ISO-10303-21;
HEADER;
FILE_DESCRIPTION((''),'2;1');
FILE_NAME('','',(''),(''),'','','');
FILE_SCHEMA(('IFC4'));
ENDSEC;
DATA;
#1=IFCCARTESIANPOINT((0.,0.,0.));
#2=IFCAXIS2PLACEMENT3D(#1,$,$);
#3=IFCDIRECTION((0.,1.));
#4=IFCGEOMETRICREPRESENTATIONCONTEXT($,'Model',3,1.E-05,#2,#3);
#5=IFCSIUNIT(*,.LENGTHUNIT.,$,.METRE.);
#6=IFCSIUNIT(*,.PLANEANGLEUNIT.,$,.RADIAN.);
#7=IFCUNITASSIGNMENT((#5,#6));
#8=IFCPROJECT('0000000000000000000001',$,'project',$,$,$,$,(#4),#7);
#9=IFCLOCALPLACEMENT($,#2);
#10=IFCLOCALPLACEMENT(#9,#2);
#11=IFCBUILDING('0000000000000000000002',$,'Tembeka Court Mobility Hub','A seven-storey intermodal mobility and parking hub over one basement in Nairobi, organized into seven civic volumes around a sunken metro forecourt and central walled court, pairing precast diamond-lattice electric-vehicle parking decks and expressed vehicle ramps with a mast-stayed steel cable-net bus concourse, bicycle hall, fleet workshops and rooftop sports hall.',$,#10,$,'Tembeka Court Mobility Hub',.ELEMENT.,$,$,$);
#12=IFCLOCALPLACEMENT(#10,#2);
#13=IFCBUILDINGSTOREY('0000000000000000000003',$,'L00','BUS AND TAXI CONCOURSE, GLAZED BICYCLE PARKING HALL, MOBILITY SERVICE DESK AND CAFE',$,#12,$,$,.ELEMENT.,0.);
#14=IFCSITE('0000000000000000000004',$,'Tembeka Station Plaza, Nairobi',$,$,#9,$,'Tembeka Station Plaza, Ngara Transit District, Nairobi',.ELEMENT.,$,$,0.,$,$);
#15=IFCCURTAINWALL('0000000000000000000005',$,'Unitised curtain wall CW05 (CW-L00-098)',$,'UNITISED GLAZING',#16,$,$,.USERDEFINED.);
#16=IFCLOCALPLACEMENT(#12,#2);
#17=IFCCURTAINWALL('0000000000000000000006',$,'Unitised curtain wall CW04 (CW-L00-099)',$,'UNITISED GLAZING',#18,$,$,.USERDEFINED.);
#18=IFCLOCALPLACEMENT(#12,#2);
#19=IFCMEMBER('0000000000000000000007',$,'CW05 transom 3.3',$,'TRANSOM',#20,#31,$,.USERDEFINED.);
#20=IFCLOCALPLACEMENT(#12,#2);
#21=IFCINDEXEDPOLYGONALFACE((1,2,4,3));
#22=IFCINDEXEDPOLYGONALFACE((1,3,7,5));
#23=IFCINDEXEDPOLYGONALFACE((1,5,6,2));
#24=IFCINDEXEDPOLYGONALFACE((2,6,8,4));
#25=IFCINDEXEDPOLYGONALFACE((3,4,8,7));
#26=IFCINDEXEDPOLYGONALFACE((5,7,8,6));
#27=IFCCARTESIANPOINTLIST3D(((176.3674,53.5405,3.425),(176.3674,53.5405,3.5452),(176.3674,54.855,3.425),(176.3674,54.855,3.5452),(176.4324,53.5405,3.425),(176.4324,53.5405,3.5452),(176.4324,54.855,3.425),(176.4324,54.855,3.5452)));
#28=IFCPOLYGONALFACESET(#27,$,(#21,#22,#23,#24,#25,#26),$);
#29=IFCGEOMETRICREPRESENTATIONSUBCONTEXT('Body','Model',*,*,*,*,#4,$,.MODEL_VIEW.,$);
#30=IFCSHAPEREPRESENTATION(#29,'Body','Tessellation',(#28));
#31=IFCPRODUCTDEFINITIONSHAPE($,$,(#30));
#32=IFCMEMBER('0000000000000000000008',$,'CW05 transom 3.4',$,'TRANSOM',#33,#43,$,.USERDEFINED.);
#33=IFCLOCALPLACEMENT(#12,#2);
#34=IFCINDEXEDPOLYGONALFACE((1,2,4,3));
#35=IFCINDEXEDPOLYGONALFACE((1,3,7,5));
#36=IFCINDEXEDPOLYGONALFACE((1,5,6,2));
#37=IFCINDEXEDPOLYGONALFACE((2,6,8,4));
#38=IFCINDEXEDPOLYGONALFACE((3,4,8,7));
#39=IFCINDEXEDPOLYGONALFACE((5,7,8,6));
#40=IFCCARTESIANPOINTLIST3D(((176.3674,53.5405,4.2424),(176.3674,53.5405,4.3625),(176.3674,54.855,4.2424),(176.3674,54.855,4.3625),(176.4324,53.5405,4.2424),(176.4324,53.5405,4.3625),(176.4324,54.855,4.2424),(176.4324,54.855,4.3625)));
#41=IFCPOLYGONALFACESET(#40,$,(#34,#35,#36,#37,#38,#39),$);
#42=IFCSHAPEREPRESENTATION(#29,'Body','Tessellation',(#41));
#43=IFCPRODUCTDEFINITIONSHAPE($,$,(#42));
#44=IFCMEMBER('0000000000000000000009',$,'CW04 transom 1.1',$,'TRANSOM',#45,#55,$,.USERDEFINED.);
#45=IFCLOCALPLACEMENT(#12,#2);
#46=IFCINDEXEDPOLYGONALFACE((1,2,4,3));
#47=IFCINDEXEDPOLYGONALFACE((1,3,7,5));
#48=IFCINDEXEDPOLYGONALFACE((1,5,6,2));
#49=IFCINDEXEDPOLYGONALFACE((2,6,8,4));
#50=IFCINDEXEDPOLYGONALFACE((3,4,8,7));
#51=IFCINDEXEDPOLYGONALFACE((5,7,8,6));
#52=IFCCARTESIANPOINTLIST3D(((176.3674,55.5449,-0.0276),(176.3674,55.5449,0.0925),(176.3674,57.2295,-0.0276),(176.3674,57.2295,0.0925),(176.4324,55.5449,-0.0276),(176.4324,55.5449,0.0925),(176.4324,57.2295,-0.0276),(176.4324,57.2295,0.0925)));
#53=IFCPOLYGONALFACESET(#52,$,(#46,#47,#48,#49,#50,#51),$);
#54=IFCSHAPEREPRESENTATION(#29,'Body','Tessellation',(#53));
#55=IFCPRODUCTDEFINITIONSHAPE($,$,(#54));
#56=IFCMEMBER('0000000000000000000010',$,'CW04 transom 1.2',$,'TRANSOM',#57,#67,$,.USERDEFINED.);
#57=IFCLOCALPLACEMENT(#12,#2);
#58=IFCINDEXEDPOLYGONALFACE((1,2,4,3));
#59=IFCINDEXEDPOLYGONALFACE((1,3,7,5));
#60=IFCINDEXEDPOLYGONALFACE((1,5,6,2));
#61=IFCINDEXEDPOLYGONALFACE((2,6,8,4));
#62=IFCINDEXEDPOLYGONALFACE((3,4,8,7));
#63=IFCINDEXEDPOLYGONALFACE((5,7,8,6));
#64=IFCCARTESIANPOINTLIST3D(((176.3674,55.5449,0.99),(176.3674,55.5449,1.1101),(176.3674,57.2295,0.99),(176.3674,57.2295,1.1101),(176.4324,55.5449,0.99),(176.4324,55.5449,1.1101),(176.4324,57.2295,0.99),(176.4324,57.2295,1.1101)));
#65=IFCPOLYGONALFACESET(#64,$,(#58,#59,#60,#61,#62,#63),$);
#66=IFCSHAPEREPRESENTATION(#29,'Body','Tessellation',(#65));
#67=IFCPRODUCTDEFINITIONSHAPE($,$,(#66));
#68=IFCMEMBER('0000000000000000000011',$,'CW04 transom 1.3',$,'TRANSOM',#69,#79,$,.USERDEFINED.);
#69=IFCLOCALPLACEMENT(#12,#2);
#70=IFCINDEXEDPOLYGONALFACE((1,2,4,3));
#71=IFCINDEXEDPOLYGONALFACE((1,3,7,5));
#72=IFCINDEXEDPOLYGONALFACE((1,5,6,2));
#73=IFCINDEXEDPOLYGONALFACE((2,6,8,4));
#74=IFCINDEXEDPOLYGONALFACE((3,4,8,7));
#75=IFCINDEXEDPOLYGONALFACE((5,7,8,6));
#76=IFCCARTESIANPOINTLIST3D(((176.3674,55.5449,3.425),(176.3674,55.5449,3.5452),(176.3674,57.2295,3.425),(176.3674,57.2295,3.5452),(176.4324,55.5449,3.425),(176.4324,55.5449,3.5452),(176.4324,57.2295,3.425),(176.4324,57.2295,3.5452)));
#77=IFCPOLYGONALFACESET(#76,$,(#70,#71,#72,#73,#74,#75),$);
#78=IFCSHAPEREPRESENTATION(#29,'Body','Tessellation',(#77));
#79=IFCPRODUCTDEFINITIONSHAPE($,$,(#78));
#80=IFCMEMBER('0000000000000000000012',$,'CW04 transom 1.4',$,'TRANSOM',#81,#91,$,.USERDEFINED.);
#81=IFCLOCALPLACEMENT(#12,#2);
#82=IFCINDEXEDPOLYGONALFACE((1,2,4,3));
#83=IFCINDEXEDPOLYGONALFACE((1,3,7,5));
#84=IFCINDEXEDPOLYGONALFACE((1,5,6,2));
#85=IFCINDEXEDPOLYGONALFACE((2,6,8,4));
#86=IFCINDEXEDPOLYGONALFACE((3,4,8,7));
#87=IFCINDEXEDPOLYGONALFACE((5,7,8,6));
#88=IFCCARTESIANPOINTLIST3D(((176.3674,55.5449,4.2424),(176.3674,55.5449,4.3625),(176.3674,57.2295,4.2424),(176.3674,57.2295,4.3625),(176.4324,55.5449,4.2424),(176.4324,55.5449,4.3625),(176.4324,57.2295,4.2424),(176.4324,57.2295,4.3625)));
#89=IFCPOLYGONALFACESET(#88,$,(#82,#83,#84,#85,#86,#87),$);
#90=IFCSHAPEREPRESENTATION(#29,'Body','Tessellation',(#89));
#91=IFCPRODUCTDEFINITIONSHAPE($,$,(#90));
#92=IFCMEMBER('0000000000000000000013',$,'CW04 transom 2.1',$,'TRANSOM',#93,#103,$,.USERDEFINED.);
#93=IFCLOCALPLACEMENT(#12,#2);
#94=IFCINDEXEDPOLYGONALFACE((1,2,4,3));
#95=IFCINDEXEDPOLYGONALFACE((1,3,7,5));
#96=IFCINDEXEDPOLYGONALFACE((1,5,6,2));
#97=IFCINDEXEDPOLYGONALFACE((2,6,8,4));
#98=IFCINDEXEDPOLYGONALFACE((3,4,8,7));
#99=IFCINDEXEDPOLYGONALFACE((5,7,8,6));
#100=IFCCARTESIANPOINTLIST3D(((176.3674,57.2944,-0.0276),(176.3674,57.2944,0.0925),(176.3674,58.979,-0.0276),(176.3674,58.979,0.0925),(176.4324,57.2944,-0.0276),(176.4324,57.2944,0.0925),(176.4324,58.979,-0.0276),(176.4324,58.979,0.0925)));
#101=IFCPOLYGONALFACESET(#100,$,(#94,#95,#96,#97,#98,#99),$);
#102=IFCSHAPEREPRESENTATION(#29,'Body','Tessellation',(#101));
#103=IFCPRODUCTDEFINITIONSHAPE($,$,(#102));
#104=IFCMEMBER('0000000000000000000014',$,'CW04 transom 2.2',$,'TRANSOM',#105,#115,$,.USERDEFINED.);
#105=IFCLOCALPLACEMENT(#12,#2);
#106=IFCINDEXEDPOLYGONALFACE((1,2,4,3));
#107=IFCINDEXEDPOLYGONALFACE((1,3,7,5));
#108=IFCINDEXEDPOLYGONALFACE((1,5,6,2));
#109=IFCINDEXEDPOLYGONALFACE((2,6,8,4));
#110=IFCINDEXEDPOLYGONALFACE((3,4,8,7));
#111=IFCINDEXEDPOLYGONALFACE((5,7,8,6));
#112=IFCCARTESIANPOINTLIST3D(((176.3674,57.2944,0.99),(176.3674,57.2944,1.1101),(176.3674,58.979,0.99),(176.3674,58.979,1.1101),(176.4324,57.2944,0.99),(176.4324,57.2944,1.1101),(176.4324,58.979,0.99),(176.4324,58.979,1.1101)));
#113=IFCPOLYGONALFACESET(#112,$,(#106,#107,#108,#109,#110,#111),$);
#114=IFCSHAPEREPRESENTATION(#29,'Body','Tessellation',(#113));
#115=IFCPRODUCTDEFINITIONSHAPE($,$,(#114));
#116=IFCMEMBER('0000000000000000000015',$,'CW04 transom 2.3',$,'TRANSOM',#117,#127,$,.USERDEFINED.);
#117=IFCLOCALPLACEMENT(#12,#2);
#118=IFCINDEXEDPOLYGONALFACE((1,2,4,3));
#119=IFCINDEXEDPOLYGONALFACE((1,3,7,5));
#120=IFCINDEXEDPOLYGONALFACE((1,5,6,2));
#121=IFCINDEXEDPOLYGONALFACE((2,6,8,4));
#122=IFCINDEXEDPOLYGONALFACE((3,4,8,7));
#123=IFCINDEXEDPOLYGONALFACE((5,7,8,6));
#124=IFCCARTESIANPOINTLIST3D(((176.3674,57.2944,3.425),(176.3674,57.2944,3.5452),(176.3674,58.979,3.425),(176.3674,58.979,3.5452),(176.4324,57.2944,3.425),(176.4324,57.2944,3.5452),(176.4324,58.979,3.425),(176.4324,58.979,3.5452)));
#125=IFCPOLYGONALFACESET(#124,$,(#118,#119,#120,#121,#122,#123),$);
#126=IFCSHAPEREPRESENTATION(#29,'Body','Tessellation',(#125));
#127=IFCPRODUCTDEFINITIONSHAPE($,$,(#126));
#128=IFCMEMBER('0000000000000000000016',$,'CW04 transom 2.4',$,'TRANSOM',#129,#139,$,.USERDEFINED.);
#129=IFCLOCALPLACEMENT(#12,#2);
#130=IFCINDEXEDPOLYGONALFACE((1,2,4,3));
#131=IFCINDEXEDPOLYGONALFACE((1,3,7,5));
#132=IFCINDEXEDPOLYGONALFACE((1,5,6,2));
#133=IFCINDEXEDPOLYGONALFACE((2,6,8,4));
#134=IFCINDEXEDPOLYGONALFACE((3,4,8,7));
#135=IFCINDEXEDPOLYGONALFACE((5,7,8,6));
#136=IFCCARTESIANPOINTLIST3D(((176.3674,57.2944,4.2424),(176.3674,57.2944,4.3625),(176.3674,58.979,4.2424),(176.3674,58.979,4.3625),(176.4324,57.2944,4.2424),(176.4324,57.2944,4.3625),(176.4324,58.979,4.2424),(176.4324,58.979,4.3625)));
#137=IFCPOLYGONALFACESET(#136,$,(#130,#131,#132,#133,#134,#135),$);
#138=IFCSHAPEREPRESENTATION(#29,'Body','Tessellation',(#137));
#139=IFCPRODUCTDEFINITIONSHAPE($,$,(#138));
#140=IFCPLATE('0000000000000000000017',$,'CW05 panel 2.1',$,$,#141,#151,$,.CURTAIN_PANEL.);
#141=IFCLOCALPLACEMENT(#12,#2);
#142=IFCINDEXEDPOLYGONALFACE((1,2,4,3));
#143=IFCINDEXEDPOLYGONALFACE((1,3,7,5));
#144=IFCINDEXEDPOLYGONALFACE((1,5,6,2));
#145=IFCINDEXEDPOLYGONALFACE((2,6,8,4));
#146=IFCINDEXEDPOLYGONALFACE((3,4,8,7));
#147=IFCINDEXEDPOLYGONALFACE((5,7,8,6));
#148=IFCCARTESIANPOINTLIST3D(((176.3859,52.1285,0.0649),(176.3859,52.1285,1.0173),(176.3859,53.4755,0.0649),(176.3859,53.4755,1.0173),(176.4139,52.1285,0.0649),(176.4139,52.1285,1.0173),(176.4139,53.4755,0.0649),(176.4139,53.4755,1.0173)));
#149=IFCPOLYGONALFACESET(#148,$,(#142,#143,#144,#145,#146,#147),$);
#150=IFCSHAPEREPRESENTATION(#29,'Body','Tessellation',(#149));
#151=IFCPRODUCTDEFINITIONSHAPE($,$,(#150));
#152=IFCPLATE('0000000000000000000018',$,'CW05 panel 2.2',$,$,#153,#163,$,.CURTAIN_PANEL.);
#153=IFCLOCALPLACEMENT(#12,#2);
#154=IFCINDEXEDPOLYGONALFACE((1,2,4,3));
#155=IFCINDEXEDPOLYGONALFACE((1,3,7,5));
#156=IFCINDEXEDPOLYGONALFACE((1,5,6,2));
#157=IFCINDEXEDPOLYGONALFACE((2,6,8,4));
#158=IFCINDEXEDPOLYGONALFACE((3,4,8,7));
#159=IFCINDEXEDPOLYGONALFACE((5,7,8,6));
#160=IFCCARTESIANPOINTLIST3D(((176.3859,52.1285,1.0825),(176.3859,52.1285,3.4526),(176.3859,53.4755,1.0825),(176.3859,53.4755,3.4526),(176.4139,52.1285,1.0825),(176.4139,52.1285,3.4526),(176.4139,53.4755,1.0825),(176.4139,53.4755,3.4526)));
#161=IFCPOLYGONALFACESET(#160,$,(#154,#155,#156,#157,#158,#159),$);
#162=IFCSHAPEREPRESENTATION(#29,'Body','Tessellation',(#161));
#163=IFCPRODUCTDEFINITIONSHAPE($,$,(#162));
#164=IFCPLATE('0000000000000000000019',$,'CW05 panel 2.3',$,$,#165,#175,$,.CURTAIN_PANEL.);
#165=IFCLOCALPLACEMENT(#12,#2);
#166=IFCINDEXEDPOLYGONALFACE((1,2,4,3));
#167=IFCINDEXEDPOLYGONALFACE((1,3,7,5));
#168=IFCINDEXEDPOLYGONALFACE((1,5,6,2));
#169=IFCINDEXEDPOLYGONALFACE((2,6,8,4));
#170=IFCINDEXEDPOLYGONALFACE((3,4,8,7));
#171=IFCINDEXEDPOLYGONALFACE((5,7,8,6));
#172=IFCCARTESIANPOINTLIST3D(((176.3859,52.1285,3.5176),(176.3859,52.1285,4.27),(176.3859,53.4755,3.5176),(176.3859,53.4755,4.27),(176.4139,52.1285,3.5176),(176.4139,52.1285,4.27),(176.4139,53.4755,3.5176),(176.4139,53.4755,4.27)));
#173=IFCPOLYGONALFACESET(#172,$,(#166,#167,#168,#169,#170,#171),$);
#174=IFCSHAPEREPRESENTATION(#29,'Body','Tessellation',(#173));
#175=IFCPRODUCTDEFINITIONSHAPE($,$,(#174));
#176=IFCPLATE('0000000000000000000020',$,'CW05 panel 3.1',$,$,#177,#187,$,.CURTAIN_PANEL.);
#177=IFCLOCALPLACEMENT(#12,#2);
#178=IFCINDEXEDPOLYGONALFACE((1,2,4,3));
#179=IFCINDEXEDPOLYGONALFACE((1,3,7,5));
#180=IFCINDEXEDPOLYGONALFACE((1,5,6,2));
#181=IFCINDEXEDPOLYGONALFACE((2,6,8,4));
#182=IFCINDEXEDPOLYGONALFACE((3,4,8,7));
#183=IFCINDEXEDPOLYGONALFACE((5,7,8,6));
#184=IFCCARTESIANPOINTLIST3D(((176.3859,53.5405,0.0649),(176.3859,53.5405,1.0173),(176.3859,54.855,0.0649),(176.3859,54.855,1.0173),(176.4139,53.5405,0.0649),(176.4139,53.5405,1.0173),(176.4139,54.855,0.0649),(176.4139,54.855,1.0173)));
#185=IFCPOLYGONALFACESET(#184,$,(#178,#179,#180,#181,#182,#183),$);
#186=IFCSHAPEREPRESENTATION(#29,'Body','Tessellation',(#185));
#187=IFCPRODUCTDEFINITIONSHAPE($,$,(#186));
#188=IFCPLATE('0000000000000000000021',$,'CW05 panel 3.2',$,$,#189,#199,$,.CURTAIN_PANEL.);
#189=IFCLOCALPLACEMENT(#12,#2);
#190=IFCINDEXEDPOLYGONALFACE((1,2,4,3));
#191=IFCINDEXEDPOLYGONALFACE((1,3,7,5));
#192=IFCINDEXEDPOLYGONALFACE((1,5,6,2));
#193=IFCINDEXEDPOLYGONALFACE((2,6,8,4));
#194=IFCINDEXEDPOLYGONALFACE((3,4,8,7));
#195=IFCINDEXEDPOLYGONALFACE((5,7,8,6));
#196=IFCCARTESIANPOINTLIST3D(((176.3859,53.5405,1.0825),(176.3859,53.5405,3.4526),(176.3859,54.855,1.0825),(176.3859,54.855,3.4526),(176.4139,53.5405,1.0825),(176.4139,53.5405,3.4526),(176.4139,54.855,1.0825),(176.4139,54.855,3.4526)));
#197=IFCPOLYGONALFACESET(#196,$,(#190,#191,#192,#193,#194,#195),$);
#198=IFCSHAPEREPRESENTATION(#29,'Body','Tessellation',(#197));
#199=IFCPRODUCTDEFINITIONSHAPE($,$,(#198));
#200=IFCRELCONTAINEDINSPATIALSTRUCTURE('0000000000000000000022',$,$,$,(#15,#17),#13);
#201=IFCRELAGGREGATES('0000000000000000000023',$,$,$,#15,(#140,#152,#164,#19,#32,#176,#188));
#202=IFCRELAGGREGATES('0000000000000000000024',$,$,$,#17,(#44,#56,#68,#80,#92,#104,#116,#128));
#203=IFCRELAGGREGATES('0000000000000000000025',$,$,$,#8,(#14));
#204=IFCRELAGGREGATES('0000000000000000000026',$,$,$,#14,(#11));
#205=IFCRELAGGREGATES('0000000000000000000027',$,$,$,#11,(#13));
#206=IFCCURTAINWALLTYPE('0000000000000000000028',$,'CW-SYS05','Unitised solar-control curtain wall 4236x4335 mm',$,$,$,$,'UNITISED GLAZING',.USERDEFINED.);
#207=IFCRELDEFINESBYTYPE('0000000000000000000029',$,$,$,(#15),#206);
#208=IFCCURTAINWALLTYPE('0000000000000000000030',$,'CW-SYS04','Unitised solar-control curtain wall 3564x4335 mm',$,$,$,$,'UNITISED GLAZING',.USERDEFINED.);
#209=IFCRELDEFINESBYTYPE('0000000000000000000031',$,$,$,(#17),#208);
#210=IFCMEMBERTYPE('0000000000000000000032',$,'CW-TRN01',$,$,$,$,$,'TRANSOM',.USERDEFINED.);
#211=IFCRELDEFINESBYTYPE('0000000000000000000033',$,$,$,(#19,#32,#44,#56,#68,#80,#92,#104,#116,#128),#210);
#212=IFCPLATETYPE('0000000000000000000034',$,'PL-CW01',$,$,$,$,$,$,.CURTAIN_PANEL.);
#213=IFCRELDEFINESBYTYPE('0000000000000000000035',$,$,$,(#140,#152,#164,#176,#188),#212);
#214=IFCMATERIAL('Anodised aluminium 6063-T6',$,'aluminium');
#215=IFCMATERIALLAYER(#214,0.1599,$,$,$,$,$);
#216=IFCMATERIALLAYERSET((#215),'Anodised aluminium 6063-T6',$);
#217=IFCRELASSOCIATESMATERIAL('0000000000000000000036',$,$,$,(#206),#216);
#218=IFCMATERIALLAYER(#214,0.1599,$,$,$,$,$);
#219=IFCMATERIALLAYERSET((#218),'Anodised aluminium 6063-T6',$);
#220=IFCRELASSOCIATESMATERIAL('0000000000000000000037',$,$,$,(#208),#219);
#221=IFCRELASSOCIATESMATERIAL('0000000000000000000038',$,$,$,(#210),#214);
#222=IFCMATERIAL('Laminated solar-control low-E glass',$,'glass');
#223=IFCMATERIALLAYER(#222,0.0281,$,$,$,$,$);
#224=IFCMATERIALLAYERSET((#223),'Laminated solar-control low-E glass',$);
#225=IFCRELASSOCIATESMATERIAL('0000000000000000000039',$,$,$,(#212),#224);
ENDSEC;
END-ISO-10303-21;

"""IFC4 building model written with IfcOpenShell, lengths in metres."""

from ifc_helpers import new_model, si_unit, direction, frame, origin, origin_2d, place, context, subcontext, project, spatial, rectangle, extrude, material, layer, layer_set, material_profile, profile_set, type_object, element, aggregate, save


model = new_model("IFC4")

# Units and contexts
model_context = context("Model", 3, precision=1e-05, world=origin(), true_north=direction((0.0, 1.0)))
body_context = subcontext(model_context, "Body", "Model", "MODEL_VIEW")
ifc_project = project(units=[si_unit("LENGTHUNIT", "METRE"), si_unit("PLANEANGLEUNIT", "RADIAN")], contexts=[model_context])

# Site, building, storey
site_placement = place(None, origin())
site = spatial("IfcSite", under=ifc_project, at=site_placement, Name="Tembeka Station Plaza, Nairobi", LongName="Tembeka Station Plaza, Ngara Transit District, Nairobi", CompositionType="ELEMENT", RefElevation=0.0)
building_placement = place(site_placement, origin())
building = spatial("IfcBuilding", under=site, at=building_placement, Name="Tembeka Court Mobility Hub", Description="A seven-storey intermodal mobility and parking hub over one basement in Nairobi, organized into seven civic volumes around a sunken metro forecourt and central walled court, pairing precast diamond-lattice electric-vehicle parking decks and expressed vehicle ramps with a mast-stayed steel cable-net bus concourse, bicycle hall, fleet workshops and rooftop sports hall.", LongName="Tembeka Court Mobility Hub", CompositionType="ELEMENT")
storey_placement = place(building_placement, origin())
storey = spatial("IfcBuildingStorey", under=building, at=storey_placement, Name="L00", Description="BUS AND TAXI CONCOURSE, GLAZED BICYCLE PARKING HALL, MOBILITY SERVICE DESK AND CAFE", CompositionType="ELEMENT", Elevation=0.0)

# Curtain walls
ifc_material_1 = material(Name="Anodised aluminium 6063-T6", Category="aluminium")
ifc_layer_1 = layer(ifc_material_1, 0.1599)
ifc_layer_set_1 = layer_set([ifc_layer_1], Name="Anodised aluminium 6063-T6")
curtain_wall_type_1 = type_object("IfcCurtainWallType", Name="CW-SYS05", Description="Unitised solar-control curtain wall 4236x4335 mm", ElementType="UNITISED GLAZING", PredefinedType="USERDEFINED", material=ifc_layer_set_1)
curtain_wall_1_placement = place(storey_placement, origin())
curtain_wall_1 = element("IfcCurtainWall", 1, at=curtain_wall_1_placement, inside=storey, type_object=curtain_wall_type_1, Name="Unitised curtain wall CW05 (CW-L00-098)", ObjectType="UNITISED GLAZING", PredefinedType="USERDEFINED")
ifc_layer_2 = layer(ifc_material_1, 0.1599)
ifc_layer_set_2 = layer_set([ifc_layer_2], Name="Anodised aluminium 6063-T6")
curtain_wall_type_2 = type_object("IfcCurtainWallType", Name="CW-SYS04", Description="Unitised solar-control curtain wall 3564x4335 mm", ElementType="UNITISED GLAZING", PredefinedType="USERDEFINED", material=ifc_layer_set_2)
curtain_wall_2_placement = place(storey_placement, origin())
curtain_wall_2 = element("IfcCurtainWall", 2, at=curtain_wall_2_placement, inside=storey, type_object=curtain_wall_type_2, Name="Unitised curtain wall CW04 (CW-L00-099)", ObjectType="UNITISED GLAZING", PredefinedType="USERDEFINED")

# Members
ifc_material_profile_1 = material_profile(ifc_material_1, rectangle(XDim=0.0649, YDim=0.1201, at=origin_2d()), Name="ALU-TRN 65x120")
ifc_profile_set_1 = profile_set([ifc_material_profile_1], Name="Anodised aluminium 6063-T6")
member_type_1 = type_object("IfcMemberType", Name="CW-TRN01", ElementType="TRANSOM", PredefinedType="USERDEFINED", material=ifc_profile_set_1)
member_1_placement = place(storey_placement, frame((176.3999, 53.5405, 3.4851), z_axis=(0.0, 1.0, 0.0), x_axis=(-1.0, 0.0, 0.0)))
member_1 = element("IfcMember", 3, at=member_1_placement, type_object=member_type_1, Name="CW05 transom 3.3", ObjectType="TRANSOM", PredefinedType="USERDEFINED", context=body_context, shape_type="SweptSolid", body=[
    extrude(rectangle(XDim=0.0649, YDim=0.1201, at=origin_2d()), origin(), (0.0, 0.0, 1.0), 1.3145),
])
member_2_placement = place(storey_placement, frame((176.3999, 53.5405, 4.3025), z_axis=(0.0, 1.0, 0.0), x_axis=(-1.0, 0.0, 0.0)))
member_2 = element("IfcMember", 4, at=member_2_placement, type_object=member_type_1, Name="CW05 transom 3.4", ObjectType="TRANSOM", PredefinedType="USERDEFINED", context=body_context, shape_type="SweptSolid", body=[
    extrude(rectangle(XDim=0.0649, YDim=0.1201, at=origin_2d()), origin(), (0.0, 0.0, 1.0), 1.3145),
])
member_3_placement = place(storey_placement, frame((176.3999, 55.5449, 0.0325), z_axis=(0.0, 1.0, 0.0), x_axis=(-1.0, 0.0, 0.0)))
member_3 = element("IfcMember", 5, at=member_3_placement, type_object=member_type_1, Name="CW04 transom 1.1", ObjectType="TRANSOM", PredefinedType="USERDEFINED", context=body_context, shape_type="SweptSolid", body=[
    extrude(rectangle(XDim=0.0649, YDim=0.1201, at=origin_2d()), origin(), (0.0, 0.0, 1.0), 1.6846),
])
member_4_placement = place(storey_placement, frame((176.3999, 55.5449, 1.05), z_axis=(0.0, 1.0, 0.0), x_axis=(-1.0, 0.0, 0.0)))
member_4 = element("IfcMember", 6, at=member_4_placement, type_object=member_type_1, Name="CW04 transom 1.2", ObjectType="TRANSOM", PredefinedType="USERDEFINED", context=body_context, shape_type="SweptSolid", body=[
    extrude(rectangle(XDim=0.0649, YDim=0.1201, at=origin_2d()), origin(), (0.0, 0.0, 1.0), 1.6846),
])
member_5_placement = place(storey_placement, frame((176.3999, 55.5449, 3.4851), z_axis=(0.0, 1.0, 0.0), x_axis=(-1.0, 0.0, 0.0)))
member_5 = element("IfcMember", 7, at=member_5_placement, type_object=member_type_1, Name="CW04 transom 1.3", ObjectType="TRANSOM", PredefinedType="USERDEFINED", context=body_context, shape_type="SweptSolid", body=[
    extrude(rectangle(XDim=0.0649, YDim=0.1201, at=origin_2d()), origin(), (0.0, 0.0, 1.0), 1.6846),
])
member_6_placement = place(storey_placement, frame((176.3999, 55.5449, 4.3025), z_axis=(0.0, 1.0, 0.0), x_axis=(-1.0, 0.0, 0.0)))
member_6 = element("IfcMember", 8, at=member_6_placement, type_object=member_type_1, Name="CW04 transom 1.4", ObjectType="TRANSOM", PredefinedType="USERDEFINED", context=body_context, shape_type="SweptSolid", body=[
    extrude(rectangle(XDim=0.0649, YDim=0.1201, at=origin_2d()), origin(), (0.0, 0.0, 1.0), 1.6846),
])
member_7_placement = place(storey_placement, frame((176.3999, 57.2944, 0.0325), z_axis=(0.0, 1.0, 0.0), x_axis=(-1.0, 0.0, 0.0)))
member_7 = element("IfcMember", 9, at=member_7_placement, type_object=member_type_1, Name="CW04 transom 2.1", ObjectType="TRANSOM", PredefinedType="USERDEFINED", context=body_context, shape_type="SweptSolid", body=[
    extrude(rectangle(XDim=0.0649, YDim=0.1201, at=origin_2d()), origin(), (0.0, 0.0, 1.0), 1.6846),
])
member_8_placement = place(storey_placement, frame((176.3999, 57.2944, 1.05), z_axis=(0.0, 1.0, 0.0), x_axis=(-1.0, 0.0, 0.0)))
member_8 = element("IfcMember", 10, at=member_8_placement, type_object=member_type_1, Name="CW04 transom 2.2", ObjectType="TRANSOM", PredefinedType="USERDEFINED", context=body_context, shape_type="SweptSolid", body=[
    extrude(rectangle(XDim=0.0649, YDim=0.1201, at=origin_2d()), origin(), (0.0, 0.0, 1.0), 1.6846),
])
member_9_placement = place(storey_placement, frame((176.3999, 57.2944, 3.4851), z_axis=(0.0, 1.0, 0.0), x_axis=(-1.0, 0.0, 0.0)))
member_9 = element("IfcMember", 11, at=member_9_placement, type_object=member_type_1, Name="CW04 transom 2.3", ObjectType="TRANSOM", PredefinedType="USERDEFINED", context=body_context, shape_type="SweptSolid", body=[
    extrude(rectangle(XDim=0.0649, YDim=0.1201, at=origin_2d()), origin(), (0.0, 0.0, 1.0), 1.6846),
])
member_10_placement = place(storey_placement, frame((176.3999, 57.2944, 4.3025), z_axis=(0.0, 1.0, 0.0), x_axis=(-1.0, 0.0, 0.0)))
member_10 = element("IfcMember", 12, at=member_10_placement, type_object=member_type_1, Name="CW04 transom 2.4", ObjectType="TRANSOM", PredefinedType="USERDEFINED", context=body_context, shape_type="SweptSolid", body=[
    extrude(rectangle(XDim=0.0649, YDim=0.1201, at=origin_2d()), origin(), (0.0, 0.0, 1.0), 1.6846),
])

# Plates
ifc_material_2 = material(Name="Laminated solar-control low-E glass", Category="glass")
ifc_layer_3 = layer(ifc_material_2, 0.0281)
ifc_layer_set_3 = layer_set([ifc_layer_3], Name="Laminated solar-control low-E glass")
plate_type = type_object("IfcPlateType", Name="PL-CW01", PredefinedType="CURTAIN_PANEL", material=ifc_layer_set_3)
plate_1_placement = place(storey_placement, frame((176.3999, 52.802, 0.0649), z_axis=(0.0, 0.0, 1.0), x_axis=(0.0, 1.0, 0.0)))
plate_1 = element("IfcPlate", 13, at=plate_1_placement, type_object=plate_type, Name="CW05 panel 2.1", PredefinedType="CURTAIN_PANEL", context=body_context, shape_type="SweptSolid", body=[
    extrude(rectangle(XDim=1.3469, YDim=0.0281, at=origin_2d()), origin(), (0.0, 0.0, 1.0), 0.9524),
])
plate_2_placement = place(storey_placement, frame((176.3999, 52.802, 1.0825), z_axis=(0.0, 0.0, 1.0), x_axis=(0.0, 1.0, 0.0)))
plate_2 = element("IfcPlate", 14, at=plate_2_placement, type_object=plate_type, Name="CW05 panel 2.2", PredefinedType="CURTAIN_PANEL", context=body_context, shape_type="SweptSolid", body=[
    extrude(rectangle(XDim=1.3469, YDim=0.0281, at=origin_2d()), origin(), (0.0, 0.0, 1.0), 2.3701),
])
plate_3_placement = place(storey_placement, frame((176.3999, 52.802, 3.5176), z_axis=(0.0, 0.0, 1.0), x_axis=(0.0, 1.0, 0.0)))
plate_3 = element("IfcPlate", 15, at=plate_3_placement, type_object=plate_type, Name="CW05 panel 2.3", PredefinedType="CURTAIN_PANEL", context=body_context, shape_type="SweptSolid", body=[
    extrude(rectangle(XDim=1.3469, YDim=0.0281, at=origin_2d()), origin(), (0.0, 0.0, 1.0), 0.7524),
])
plate_4_placement = place(storey_placement, frame((176.3999, 54.1978, 0.0649), z_axis=(0.0, 0.0, 1.0), x_axis=(0.0, 1.0, 0.0)))
plate_4 = element("IfcPlate", 16, at=plate_4_placement, type_object=plate_type, Name="CW05 panel 3.1", PredefinedType="CURTAIN_PANEL", context=body_context, shape_type="SweptSolid", body=[
    extrude(rectangle(XDim=1.3145, YDim=0.0281, at=origin_2d()), origin(), (0.0, 0.0, 1.0), 0.9524),
])
plate_5_placement = place(storey_placement, frame((176.3999, 54.1978, 1.0825), z_axis=(0.0, 0.0, 1.0), x_axis=(0.0, 1.0, 0.0)))
plate_5 = element("IfcPlate", 17, at=plate_5_placement, type_object=plate_type, Name="CW05 panel 3.2", PredefinedType="CURTAIN_PANEL", context=body_context, shape_type="SweptSolid", body=[
    extrude(rectangle(XDim=1.3145, YDim=0.0281, at=origin_2d()), origin(), (0.0, 0.0, 1.0), 2.3701),
])
aggregate(curtain_wall_1, [plate_1, plate_2, plate_3, member_1, member_2, plate_4, plate_5])
aggregate(curtain_wall_2, [member_3, member_4, member_5, member_6, member_7, member_8, member_9, member_10])

save(model, "model.ifc")
